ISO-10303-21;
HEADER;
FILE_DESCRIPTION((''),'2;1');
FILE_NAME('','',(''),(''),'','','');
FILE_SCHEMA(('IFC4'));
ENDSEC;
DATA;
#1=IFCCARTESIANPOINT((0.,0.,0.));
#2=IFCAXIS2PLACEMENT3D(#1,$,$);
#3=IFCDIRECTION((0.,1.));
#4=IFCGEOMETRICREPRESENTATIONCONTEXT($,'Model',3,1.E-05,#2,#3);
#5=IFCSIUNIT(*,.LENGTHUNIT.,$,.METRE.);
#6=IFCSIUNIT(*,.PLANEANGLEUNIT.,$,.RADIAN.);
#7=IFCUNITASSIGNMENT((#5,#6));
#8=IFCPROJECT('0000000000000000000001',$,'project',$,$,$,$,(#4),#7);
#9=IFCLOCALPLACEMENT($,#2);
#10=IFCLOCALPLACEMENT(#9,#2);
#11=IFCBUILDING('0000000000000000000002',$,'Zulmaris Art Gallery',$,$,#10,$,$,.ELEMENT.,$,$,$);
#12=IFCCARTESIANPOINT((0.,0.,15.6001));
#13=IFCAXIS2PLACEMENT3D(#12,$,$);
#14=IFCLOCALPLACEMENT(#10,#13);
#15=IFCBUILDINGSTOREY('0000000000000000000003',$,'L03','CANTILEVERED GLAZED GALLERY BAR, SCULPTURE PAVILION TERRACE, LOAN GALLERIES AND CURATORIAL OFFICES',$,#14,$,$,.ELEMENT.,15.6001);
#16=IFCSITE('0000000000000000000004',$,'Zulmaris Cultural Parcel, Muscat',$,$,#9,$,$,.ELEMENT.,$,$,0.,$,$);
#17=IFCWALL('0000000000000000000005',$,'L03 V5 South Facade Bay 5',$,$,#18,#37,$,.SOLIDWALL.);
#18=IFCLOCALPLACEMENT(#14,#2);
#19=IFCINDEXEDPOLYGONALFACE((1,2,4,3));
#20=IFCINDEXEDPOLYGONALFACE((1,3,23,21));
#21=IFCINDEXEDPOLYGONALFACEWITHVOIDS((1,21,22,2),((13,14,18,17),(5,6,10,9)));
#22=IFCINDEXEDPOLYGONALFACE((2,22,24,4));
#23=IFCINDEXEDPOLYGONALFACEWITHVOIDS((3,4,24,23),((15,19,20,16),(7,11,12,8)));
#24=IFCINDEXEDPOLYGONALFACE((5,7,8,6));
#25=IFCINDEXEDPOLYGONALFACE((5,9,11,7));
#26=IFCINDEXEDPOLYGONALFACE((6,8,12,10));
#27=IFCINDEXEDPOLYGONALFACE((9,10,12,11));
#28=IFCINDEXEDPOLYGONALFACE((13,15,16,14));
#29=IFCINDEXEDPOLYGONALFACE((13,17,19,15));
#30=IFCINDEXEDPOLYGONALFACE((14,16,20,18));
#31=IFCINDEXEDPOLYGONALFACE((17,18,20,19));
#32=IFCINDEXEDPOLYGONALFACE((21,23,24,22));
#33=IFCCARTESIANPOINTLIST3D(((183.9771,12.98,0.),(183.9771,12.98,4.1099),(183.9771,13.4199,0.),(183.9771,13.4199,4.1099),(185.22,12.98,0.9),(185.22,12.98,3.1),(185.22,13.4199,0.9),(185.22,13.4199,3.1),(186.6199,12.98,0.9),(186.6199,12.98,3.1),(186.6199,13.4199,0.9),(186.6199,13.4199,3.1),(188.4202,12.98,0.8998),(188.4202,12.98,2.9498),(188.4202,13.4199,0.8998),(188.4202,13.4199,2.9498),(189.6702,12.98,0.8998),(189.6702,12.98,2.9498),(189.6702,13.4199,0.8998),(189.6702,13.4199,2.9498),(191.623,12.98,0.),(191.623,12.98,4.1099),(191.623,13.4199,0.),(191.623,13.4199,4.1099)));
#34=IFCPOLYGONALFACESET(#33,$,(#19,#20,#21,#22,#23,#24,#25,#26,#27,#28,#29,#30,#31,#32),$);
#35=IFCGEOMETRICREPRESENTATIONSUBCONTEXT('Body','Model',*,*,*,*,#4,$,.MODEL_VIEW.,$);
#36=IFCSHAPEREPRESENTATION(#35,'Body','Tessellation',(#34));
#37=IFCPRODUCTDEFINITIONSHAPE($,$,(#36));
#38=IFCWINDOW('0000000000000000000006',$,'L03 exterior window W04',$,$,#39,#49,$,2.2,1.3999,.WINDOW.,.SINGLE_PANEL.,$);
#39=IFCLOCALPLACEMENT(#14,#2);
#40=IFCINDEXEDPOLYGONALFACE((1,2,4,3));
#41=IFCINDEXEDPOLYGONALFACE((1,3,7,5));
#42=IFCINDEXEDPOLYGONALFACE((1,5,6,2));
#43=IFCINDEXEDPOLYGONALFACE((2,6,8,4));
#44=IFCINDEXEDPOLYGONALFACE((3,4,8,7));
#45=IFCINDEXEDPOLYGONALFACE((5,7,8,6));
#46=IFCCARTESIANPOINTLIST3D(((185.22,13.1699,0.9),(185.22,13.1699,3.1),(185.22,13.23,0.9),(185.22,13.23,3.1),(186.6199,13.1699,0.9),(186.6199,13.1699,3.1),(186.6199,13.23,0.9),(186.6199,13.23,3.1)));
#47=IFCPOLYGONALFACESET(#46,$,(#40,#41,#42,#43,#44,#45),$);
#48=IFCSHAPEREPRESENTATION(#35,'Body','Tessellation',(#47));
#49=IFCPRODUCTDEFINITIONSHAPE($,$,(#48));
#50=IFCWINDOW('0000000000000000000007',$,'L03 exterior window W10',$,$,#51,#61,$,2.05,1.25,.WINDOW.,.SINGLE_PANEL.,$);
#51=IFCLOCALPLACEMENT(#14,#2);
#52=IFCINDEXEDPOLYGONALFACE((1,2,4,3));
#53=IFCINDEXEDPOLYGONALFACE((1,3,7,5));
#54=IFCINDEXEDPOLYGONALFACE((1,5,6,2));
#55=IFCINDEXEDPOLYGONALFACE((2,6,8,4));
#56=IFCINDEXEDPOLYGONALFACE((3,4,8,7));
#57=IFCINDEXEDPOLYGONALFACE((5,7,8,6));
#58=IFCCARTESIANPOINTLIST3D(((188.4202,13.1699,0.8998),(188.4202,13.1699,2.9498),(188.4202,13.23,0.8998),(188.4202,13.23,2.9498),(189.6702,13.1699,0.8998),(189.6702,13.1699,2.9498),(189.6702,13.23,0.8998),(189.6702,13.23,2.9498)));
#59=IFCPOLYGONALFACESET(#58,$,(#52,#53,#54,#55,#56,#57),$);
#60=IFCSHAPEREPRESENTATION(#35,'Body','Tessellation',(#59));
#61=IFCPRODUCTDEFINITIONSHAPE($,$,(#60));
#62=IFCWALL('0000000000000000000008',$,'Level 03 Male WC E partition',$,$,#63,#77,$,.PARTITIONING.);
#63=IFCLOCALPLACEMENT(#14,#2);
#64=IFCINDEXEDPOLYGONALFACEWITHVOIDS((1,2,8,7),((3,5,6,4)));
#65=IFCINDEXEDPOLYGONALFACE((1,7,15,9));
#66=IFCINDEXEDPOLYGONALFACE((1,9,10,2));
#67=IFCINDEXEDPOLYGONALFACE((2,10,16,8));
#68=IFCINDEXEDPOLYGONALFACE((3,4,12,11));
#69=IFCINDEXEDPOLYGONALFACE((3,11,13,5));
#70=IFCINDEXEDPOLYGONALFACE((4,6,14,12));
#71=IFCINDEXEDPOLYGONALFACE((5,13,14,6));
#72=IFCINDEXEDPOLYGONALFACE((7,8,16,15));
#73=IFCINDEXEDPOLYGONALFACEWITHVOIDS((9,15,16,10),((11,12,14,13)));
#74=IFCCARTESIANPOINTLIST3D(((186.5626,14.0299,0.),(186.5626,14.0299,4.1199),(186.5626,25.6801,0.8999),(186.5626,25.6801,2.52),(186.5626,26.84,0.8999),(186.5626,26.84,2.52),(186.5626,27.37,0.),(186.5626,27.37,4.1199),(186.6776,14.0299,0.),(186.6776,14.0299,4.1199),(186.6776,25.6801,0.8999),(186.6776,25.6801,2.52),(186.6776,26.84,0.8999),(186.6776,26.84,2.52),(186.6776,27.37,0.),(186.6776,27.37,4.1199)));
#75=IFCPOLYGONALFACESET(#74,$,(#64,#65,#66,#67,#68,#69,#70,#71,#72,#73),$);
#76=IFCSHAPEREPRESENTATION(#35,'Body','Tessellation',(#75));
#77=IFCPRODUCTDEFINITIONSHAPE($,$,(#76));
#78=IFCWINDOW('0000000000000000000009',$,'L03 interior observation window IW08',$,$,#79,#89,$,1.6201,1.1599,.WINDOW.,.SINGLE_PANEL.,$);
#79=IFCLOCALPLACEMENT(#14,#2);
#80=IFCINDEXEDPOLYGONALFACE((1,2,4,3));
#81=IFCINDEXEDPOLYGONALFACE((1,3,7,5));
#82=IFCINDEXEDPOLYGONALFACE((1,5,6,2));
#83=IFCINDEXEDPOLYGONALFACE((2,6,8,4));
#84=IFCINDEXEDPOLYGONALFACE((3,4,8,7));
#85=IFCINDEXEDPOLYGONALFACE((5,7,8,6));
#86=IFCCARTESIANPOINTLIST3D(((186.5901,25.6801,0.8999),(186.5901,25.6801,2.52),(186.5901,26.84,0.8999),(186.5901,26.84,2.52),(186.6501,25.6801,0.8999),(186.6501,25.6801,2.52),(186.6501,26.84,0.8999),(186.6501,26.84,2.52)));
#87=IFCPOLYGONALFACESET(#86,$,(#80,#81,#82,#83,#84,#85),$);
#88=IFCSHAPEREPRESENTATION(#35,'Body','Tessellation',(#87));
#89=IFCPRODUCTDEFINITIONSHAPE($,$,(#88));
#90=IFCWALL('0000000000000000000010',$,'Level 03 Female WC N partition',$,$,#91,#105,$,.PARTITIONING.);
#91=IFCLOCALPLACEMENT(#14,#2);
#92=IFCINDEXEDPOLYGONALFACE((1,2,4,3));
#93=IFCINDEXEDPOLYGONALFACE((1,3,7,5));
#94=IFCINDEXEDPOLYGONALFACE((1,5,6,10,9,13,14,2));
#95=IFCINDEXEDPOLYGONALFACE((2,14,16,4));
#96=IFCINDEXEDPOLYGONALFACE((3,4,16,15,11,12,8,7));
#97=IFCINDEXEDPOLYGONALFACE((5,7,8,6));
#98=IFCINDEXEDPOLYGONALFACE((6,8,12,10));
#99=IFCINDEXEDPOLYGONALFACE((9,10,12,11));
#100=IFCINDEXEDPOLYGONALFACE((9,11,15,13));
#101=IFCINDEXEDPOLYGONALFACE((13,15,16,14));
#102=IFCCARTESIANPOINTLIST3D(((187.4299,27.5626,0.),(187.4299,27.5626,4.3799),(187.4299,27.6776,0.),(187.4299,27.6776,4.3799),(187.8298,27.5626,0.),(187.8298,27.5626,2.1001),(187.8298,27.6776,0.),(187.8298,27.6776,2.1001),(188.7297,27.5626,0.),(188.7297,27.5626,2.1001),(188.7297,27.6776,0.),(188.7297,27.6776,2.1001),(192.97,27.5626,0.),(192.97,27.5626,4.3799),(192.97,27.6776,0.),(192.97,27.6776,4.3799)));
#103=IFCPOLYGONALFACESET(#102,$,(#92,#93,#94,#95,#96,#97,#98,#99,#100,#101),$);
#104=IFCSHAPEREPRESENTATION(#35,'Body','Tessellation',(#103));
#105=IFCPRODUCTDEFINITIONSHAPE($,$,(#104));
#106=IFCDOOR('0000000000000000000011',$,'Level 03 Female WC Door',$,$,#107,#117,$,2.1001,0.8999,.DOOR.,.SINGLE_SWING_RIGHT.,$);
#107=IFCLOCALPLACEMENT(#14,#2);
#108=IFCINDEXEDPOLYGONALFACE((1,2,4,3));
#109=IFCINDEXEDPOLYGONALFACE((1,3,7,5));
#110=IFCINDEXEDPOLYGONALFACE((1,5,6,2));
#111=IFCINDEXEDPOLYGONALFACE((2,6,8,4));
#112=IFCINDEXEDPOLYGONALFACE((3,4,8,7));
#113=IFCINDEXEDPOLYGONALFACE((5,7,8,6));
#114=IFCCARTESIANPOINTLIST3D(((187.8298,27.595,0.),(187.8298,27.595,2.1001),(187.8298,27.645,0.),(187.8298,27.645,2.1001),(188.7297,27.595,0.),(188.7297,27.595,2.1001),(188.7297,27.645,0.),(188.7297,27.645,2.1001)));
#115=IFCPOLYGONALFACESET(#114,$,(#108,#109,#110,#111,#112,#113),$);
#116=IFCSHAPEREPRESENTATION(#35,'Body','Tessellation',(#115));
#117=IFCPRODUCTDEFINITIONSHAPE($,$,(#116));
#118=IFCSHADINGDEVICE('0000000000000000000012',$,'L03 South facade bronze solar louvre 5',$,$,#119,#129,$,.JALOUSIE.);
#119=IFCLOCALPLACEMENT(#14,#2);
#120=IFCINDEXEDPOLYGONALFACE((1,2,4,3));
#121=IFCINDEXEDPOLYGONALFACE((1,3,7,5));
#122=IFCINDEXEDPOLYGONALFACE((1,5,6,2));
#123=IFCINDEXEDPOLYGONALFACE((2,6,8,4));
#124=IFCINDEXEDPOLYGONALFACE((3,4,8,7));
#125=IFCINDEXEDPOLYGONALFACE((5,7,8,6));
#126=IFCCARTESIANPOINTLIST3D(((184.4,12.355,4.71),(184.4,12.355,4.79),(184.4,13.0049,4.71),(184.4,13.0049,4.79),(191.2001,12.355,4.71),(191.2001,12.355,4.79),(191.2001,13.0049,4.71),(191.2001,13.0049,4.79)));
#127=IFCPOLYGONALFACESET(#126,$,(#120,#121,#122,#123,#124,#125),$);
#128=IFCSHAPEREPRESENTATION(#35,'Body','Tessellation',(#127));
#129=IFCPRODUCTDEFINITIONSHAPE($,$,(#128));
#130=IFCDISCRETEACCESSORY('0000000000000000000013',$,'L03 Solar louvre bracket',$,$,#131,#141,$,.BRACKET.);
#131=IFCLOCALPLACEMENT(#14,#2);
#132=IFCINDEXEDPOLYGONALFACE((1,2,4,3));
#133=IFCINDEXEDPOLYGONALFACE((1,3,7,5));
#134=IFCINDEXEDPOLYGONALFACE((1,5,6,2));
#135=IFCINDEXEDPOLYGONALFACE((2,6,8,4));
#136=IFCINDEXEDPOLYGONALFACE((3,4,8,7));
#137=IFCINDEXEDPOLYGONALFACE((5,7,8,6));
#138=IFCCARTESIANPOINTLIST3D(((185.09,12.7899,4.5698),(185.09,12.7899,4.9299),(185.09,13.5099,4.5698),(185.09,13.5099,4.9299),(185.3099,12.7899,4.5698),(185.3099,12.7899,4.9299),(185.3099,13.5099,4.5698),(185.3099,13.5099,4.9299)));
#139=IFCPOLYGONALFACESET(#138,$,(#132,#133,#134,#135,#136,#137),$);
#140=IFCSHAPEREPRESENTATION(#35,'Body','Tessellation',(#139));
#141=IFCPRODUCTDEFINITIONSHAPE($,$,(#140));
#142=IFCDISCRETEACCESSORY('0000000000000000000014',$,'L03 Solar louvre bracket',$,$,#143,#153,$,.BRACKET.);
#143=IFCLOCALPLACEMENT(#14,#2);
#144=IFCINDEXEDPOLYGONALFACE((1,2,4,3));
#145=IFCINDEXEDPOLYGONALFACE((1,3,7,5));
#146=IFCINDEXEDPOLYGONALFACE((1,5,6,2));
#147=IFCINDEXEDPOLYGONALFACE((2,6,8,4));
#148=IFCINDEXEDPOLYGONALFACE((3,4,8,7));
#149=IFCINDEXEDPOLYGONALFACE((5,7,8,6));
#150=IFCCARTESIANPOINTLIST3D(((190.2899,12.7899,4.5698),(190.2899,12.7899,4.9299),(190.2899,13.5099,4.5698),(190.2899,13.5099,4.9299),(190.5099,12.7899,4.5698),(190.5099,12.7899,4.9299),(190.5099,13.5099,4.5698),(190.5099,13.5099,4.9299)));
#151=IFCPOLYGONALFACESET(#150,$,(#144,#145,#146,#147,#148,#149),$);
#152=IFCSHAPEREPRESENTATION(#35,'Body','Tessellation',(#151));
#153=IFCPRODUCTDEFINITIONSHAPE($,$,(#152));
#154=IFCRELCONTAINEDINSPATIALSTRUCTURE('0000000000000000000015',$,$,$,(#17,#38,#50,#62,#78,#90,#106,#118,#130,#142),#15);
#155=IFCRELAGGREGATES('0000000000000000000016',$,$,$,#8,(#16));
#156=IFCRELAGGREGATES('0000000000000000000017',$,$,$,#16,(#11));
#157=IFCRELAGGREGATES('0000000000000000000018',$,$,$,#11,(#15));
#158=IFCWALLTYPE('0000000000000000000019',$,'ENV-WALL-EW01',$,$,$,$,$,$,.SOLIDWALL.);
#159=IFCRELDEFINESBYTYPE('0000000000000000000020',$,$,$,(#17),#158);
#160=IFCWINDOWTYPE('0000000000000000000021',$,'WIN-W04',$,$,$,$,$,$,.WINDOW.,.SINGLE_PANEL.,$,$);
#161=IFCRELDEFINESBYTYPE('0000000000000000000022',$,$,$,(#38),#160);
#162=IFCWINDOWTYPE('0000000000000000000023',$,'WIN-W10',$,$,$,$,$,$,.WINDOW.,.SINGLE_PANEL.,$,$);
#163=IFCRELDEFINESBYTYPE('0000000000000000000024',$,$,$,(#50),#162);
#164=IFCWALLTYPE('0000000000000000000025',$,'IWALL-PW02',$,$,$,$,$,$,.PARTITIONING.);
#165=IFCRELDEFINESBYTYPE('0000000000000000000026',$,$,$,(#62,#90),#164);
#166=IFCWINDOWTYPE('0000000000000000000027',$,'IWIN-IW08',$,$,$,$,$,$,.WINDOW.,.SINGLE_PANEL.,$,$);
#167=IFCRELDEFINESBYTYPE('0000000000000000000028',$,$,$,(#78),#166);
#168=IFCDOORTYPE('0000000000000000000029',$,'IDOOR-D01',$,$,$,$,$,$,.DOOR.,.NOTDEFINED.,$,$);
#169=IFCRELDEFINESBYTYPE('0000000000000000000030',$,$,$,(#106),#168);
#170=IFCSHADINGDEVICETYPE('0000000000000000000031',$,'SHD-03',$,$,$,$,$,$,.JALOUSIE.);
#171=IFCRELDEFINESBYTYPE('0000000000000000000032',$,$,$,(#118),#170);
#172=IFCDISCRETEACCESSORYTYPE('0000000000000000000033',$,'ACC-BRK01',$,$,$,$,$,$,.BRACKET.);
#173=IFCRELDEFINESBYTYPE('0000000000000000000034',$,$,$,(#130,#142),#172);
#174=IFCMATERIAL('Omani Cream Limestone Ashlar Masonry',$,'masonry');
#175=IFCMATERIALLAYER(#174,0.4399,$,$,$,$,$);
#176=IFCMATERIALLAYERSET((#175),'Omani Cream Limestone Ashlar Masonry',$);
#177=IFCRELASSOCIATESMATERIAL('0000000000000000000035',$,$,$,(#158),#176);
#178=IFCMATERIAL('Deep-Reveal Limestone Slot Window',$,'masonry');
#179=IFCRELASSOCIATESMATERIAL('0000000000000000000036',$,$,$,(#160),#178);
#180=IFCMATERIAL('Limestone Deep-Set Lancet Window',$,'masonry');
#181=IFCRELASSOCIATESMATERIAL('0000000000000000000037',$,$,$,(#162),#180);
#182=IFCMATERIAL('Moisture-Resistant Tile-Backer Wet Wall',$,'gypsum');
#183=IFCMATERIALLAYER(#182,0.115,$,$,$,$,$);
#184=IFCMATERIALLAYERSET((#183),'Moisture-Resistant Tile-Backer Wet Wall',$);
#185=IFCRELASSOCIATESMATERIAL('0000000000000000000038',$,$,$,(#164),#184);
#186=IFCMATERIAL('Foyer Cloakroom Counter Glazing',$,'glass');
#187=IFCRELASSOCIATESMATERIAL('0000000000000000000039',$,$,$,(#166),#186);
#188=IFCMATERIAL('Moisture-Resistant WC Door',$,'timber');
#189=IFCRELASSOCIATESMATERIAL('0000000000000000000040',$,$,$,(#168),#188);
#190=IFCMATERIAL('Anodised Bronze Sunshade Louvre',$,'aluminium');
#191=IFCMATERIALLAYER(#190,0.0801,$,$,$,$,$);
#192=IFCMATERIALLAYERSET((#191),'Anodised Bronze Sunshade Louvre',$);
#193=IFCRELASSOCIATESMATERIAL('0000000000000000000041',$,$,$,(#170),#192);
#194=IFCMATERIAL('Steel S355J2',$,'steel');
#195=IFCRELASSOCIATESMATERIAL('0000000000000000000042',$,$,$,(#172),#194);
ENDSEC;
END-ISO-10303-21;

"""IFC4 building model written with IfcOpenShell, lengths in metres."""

from ifc_helpers import new_model, si_unit, direction, frame, frame_2d, origin, origin_2d, place, context, subcontext, project, spatial, rectangle, extrude, material, layer, layer_set, type_object, element, fill, save


model = new_model("IFC4")

# Units and contexts
model_context = context("Model", 3, precision=1e-05, world=origin(), true_north=direction((0.0, 1.0)))
body_context = subcontext(model_context, "Body", "Model", "MODEL_VIEW")
ifc_project = project(units=[si_unit("LENGTHUNIT", "METRE"), si_unit("PLANEANGLEUNIT", "RADIAN")], contexts=[model_context])

# Site, building, storey
site_placement = place(None, origin())
site = spatial("IfcSite", under=ifc_project, at=site_placement, Name="Zulmaris Cultural Parcel, Muscat", CompositionType="ELEMENT", RefElevation=0.0)
building_placement = place(site_placement, origin())
building = spatial("IfcBuilding", under=site, at=building_placement, Name="Zulmaris Art Gallery", CompositionType="ELEMENT")
storey_placement = place(building_placement, frame((0.0, 0.0, 15.6001)))
storey = spatial("IfcBuildingStorey", under=building, at=storey_placement, Name="L03", Description="CANTILEVERED GLAZED GALLERY BAR, SCULPTURE PAVILION TERRACE, LOAN GALLERIES AND CURATORIAL OFFICES", CompositionType="ELEMENT", Elevation=15.6001)

# Shared definitions
ifc_material_1 = material(Name="Steel S355J2", Category="steel")

# Wall, openings, windows
ifc_material_2 = material(Name="Omani Cream Limestone Ashlar Masonry", Category="masonry")
ifc_layer_1 = layer(ifc_material_2, 0.4399)
ifc_layer_set_1 = layer_set([ifc_layer_1], Name="Omani Cream Limestone Ashlar Masonry")
wall_type_1 = type_object("IfcWallType", Name="ENV-WALL-EW01", PredefinedType="SOLIDWALL", material=ifc_layer_set_1)
wall_1_placement = place(storey_placement, frame((183.9771, 13.2, 0.0), z_axis=(0.0, 0.0, 1.0), x_axis=(1.0, 0.0, 0.0)))
wall_1 = element("IfcWall", 1, at=wall_1_placement, inside=storey, type_object=wall_type_1, Name="L03 V5 South Facade Bay 5", PredefinedType="SOLIDWALL", context=body_context, shape_type="SweptSolid", body=[
    extrude(rectangle(XDim=7.646, YDim=0.4399, at=frame_2d((3.823, 0.0))), origin(), (0.0, 0.0, 1.0), 4.1099),
])
opening_1_placement = place(wall_1_placement, frame((1.2429, 0.0, 0.8999)))
opening_1 = element("IfcOpeningElement", 2, at=opening_1_placement, cuts=wall_1, PredefinedType="OPENING", context=body_context, shape_type="SweptSolid", body=[
    extrude(rectangle(XDim=1.3999, YDim=2.2, at=frame_2d((0.7, 1.1001))), frame((0.0, 0.23, 0.0), z_axis=(0.0, -1.0, 0.0), x_axis=(1.0, 0.0, 0.0)), (0.0, 0.0, 1.0), 0.46),
])
opening_2_placement = place(wall_1_placement, frame((4.4431, 0.0, 0.8999)))
opening_2 = element("IfcOpeningElement", 3, at=opening_2_placement, cuts=wall_1, PredefinedType="OPENING", context=body_context, shape_type="SweptSolid", body=[
    extrude(rectangle(XDim=1.25, YDim=2.05, at=frame_2d((0.625, 1.0249))), frame((0.0, 0.23, 0.0), z_axis=(0.0, -1.0, 0.0), x_axis=(1.0, 0.0, 0.0)), (0.0, 0.0, 1.0), 0.46),
])
ifc_material_3 = material(Name="Deep-Reveal Limestone Slot Window", Category="masonry")
window_type_1 = type_object("IfcWindowType", Name="WIN-W04", PartitioningType="SINGLE_PANEL", PredefinedType="WINDOW", material=ifc_material_3)
window_1_placement = place(opening_1_placement, origin())
window_1 = element("IfcWindow", 4, at=window_1_placement, inside=storey, type_object=window_type_1, Name="L03 exterior window W04", OverallHeight=2.2, OverallWidth=1.3999, PartitioningType="SINGLE_PANEL", PredefinedType="WINDOW", context=body_context, shape_type="SweptSolid", body=[
    extrude(rectangle(XDim=1.3999, YDim=2.2, at=frame_2d((0.7, 1.1001))), frame((0.0, 0.03, 0.0), z_axis=(0.0, -1.0, 0.0), x_axis=(1.0, 0.0, 0.0)), (0.0, 0.0, 1.0), 0.0601),
])
fill(opening_1, window_1)
ifc_material_4 = material(Name="Limestone Deep-Set Lancet Window", Category="masonry")
window_type_2 = type_object("IfcWindowType", Name="WIN-W10", PartitioningType="SINGLE_PANEL", PredefinedType="WINDOW", material=ifc_material_4)
window_2_placement = place(opening_2_placement, origin())
window_2 = element("IfcWindow", 5, at=window_2_placement, inside=storey, type_object=window_type_2, Name="L03 exterior window W10", OverallHeight=2.05, OverallWidth=1.25, PartitioningType="SINGLE_PANEL", PredefinedType="WINDOW", context=body_context, shape_type="SweptSolid", body=[
    extrude(rectangle(XDim=1.25, YDim=2.05, at=frame_2d((0.625, 1.0249))), frame((0.0, 0.03, 0.0), z_axis=(0.0, -1.0, 0.0), x_axis=(1.0, 0.0, 0.0)), (0.0, 0.0, 1.0), 0.0601),
])
fill(opening_2, window_2)

# Wall, opening, window
ifc_material_5 = material(Name="Moisture-Resistant Tile-Backer Wet Wall", Category="gypsum")
ifc_layer_2 = layer(ifc_material_5, 0.115)
ifc_layer_set_2 = layer_set([ifc_layer_2], Name="Moisture-Resistant Tile-Backer Wet Wall")
wall_type_2 = type_object("IfcWallType", Name="IWALL-PW02", PredefinedType="PARTITIONING", material=ifc_layer_set_2)
wall_2_placement = place(storey_placement, frame((186.6201, 14.03, 0.0), z_axis=(0.0, 0.0, 1.0), x_axis=(0.0, 1.0, 0.0)))
wall_2 = element("IfcWall", 6, at=wall_2_placement, inside=storey, type_object=wall_type_2, Name="Level 03 Male WC E partition", PredefinedType="PARTITIONING", context=body_context, shape_type="SweptSolid", body=[
    extrude(rectangle(XDim=13.3401, YDim=0.115, at=frame_2d((6.6699, 0.0))), origin(), (0.0, 0.0, 1.0), 4.1199),
])
opening_3_placement = place(wall_2_placement, frame((11.6499, 0.0, 0.8999)))
opening_3 = element("IfcOpeningElement", 7, at=opening_3_placement, cuts=wall_2, PredefinedType="OPENING", context=body_context, shape_type="SweptSolid", body=[
    extrude(rectangle(XDim=1.1599, YDim=1.6201, at=frame_2d((0.5801, 0.8101))), frame((0.0, 0.0674, 0.0), z_axis=(0.0, -1.0, 0.0), x_axis=(1.0, 0.0, 0.0)), (0.0, 0.0, 1.0), 0.135),
])
ifc_material_6 = material(Name="Foyer Cloakroom Counter Glazing", Category="glass")
window_type_3 = type_object("IfcWindowType", Name="IWIN-IW08", PartitioningType="SINGLE_PANEL", PredefinedType="WINDOW", material=ifc_material_6)
window_3_placement = place(opening_3_placement, origin())
window_3 = element("IfcWindow", 8, at=window_3_placement, inside=storey, type_object=window_type_3, Name="L03 interior observation window IW08", OverallHeight=1.6201, OverallWidth=1.1599, PartitioningType="SINGLE_PANEL", PredefinedType="WINDOW", context=body_context, shape_type="SweptSolid", body=[
    extrude(rectangle(XDim=1.1599, YDim=1.6201, at=frame_2d((0.5801, 0.8101))), frame((0.0, 0.03, 0.0), z_axis=(0.0, -1.0, 0.0), x_axis=(1.0, 0.0, 0.0)), (0.0, 0.0, 1.0), 0.0601),
])
fill(opening_3, window_3)

# Wall, opening, door
wall_3_placement = place(storey_placement, frame((187.4299, 27.6201, 0.0), z_axis=(0.0, 0.0, 1.0), x_axis=(1.0, 0.0, 0.0)))
wall_3 = element("IfcWall", 9, at=wall_3_placement, inside=storey, type_object=wall_type_2, Name="Level 03 Female WC N partition", PredefinedType="PARTITIONING", context=body_context, shape_type="SweptSolid", body=[
    extrude(rectangle(XDim=5.54, YDim=0.115, at=frame_2d((2.77, 0.0))), origin(), (0.0, 0.0, 1.0), 4.3799),
])
opening_4_placement = place(wall_3_placement, frame((0.3999, 0.0, 0.0)))
opening_4 = element("IfcOpeningElement", 10, at=opening_4_placement, cuts=wall_3, PredefinedType="OPENING", context=body_context, shape_type="SweptSolid", body=[
    extrude(rectangle(XDim=0.8999, YDim=2.1001, at=frame_2d((0.45, 1.05))), frame((0.0, 0.0674, 0.0), z_axis=(0.0, -1.0, 0.0), x_axis=(1.0, 0.0, 0.0)), (0.0, 0.0, 1.0), 0.135),
])
ifc_material_7 = material(Name="Moisture-Resistant WC Door", Category="timber")
door_type = type_object("IfcDoorType", Name="IDOOR-D01", OperationType="NOTDEFINED", PredefinedType="DOOR", material=ifc_material_7)
door_placement = place(opening_4_placement, origin())
door = element("IfcDoor", 11, at=door_placement, inside=storey, type_object=door_type, Name="Level 03 Female WC Door", OperationType="SINGLE_SWING_RIGHT", OverallHeight=2.1001, OverallWidth=0.8999, PredefinedType="DOOR", context=body_context, shape_type="SweptSolid", body=[
    extrude(rectangle(XDim=0.8999, YDim=2.1001, at=frame_2d((0.45, 1.05))), frame((0.0, 0.0249, 0.0), z_axis=(0.0, -1.0, 0.0), x_axis=(1.0, 0.0, 0.0)), (0.0, 0.0, 1.0), 0.05),
])
fill(opening_4, door)

# Shading device
ifc_material_8 = material(Name="Anodised Bronze Sunshade Louvre", Category="aluminium")
ifc_layer_3 = layer(ifc_material_8, 0.0801)
ifc_layer_set_3 = layer_set([ifc_layer_3], Name="Anodised Bronze Sunshade Louvre")
shading_device_type = type_object("IfcShadingDeviceType", Name="SHD-03", PredefinedType="JALOUSIE", material=ifc_layer_set_3)
shading_device_placement = place(storey_placement, frame((187.8, 12.6799, 4.71), z_axis=(0.0, 0.0, 1.0), x_axis=(1.0, 0.0, 0.0)))
element("IfcShadingDevice", 12, at=shading_device_placement, inside=storey, type_object=shading_device_type, Name="L03 South facade bronze solar louvre 5", PredefinedType="JALOUSIE", context=body_context, shape_type="SweptSolid", body=[
    extrude(rectangle(XDim=6.8, YDim=0.6499, at=origin_2d()), origin(), (0.0, 0.0, 1.0), 0.0801),
])

# Discrete accessories
discrete_accessory_type = type_object("IfcDiscreteAccessoryType", Name="ACC-BRK01", PredefinedType="BRACKET", material=ifc_material_1)
for number, where, z_axis, x_axis, name in (
    (13, (185.2, 13.1499, 4.5698), (0.0, 0.0, 1.0), (1.0, 0.0, 0.0), "L03 Solar louvre bracket"),
    (14, (190.3999, 13.1499, 4.5698), (0.0, 0.0, 1.0), (1.0, 0.0, 0.0), "L03 Solar louvre bracket"),
):
    element("IfcDiscreteAccessory", number, at=place(storey_placement, frame(where, z_axis=z_axis, x_axis=x_axis)), inside=storey, type_object=discrete_accessory_type, Name=name, PredefinedType="BRACKET", context=body_context, shape_type="SweptSolid", body=[
        extrude(rectangle(XDim=0.22, YDim=0.72, at=origin_2d()), origin(), (0.0, 0.0, 1.0), 0.3601),
    ])

save(model, "model.ifc")
